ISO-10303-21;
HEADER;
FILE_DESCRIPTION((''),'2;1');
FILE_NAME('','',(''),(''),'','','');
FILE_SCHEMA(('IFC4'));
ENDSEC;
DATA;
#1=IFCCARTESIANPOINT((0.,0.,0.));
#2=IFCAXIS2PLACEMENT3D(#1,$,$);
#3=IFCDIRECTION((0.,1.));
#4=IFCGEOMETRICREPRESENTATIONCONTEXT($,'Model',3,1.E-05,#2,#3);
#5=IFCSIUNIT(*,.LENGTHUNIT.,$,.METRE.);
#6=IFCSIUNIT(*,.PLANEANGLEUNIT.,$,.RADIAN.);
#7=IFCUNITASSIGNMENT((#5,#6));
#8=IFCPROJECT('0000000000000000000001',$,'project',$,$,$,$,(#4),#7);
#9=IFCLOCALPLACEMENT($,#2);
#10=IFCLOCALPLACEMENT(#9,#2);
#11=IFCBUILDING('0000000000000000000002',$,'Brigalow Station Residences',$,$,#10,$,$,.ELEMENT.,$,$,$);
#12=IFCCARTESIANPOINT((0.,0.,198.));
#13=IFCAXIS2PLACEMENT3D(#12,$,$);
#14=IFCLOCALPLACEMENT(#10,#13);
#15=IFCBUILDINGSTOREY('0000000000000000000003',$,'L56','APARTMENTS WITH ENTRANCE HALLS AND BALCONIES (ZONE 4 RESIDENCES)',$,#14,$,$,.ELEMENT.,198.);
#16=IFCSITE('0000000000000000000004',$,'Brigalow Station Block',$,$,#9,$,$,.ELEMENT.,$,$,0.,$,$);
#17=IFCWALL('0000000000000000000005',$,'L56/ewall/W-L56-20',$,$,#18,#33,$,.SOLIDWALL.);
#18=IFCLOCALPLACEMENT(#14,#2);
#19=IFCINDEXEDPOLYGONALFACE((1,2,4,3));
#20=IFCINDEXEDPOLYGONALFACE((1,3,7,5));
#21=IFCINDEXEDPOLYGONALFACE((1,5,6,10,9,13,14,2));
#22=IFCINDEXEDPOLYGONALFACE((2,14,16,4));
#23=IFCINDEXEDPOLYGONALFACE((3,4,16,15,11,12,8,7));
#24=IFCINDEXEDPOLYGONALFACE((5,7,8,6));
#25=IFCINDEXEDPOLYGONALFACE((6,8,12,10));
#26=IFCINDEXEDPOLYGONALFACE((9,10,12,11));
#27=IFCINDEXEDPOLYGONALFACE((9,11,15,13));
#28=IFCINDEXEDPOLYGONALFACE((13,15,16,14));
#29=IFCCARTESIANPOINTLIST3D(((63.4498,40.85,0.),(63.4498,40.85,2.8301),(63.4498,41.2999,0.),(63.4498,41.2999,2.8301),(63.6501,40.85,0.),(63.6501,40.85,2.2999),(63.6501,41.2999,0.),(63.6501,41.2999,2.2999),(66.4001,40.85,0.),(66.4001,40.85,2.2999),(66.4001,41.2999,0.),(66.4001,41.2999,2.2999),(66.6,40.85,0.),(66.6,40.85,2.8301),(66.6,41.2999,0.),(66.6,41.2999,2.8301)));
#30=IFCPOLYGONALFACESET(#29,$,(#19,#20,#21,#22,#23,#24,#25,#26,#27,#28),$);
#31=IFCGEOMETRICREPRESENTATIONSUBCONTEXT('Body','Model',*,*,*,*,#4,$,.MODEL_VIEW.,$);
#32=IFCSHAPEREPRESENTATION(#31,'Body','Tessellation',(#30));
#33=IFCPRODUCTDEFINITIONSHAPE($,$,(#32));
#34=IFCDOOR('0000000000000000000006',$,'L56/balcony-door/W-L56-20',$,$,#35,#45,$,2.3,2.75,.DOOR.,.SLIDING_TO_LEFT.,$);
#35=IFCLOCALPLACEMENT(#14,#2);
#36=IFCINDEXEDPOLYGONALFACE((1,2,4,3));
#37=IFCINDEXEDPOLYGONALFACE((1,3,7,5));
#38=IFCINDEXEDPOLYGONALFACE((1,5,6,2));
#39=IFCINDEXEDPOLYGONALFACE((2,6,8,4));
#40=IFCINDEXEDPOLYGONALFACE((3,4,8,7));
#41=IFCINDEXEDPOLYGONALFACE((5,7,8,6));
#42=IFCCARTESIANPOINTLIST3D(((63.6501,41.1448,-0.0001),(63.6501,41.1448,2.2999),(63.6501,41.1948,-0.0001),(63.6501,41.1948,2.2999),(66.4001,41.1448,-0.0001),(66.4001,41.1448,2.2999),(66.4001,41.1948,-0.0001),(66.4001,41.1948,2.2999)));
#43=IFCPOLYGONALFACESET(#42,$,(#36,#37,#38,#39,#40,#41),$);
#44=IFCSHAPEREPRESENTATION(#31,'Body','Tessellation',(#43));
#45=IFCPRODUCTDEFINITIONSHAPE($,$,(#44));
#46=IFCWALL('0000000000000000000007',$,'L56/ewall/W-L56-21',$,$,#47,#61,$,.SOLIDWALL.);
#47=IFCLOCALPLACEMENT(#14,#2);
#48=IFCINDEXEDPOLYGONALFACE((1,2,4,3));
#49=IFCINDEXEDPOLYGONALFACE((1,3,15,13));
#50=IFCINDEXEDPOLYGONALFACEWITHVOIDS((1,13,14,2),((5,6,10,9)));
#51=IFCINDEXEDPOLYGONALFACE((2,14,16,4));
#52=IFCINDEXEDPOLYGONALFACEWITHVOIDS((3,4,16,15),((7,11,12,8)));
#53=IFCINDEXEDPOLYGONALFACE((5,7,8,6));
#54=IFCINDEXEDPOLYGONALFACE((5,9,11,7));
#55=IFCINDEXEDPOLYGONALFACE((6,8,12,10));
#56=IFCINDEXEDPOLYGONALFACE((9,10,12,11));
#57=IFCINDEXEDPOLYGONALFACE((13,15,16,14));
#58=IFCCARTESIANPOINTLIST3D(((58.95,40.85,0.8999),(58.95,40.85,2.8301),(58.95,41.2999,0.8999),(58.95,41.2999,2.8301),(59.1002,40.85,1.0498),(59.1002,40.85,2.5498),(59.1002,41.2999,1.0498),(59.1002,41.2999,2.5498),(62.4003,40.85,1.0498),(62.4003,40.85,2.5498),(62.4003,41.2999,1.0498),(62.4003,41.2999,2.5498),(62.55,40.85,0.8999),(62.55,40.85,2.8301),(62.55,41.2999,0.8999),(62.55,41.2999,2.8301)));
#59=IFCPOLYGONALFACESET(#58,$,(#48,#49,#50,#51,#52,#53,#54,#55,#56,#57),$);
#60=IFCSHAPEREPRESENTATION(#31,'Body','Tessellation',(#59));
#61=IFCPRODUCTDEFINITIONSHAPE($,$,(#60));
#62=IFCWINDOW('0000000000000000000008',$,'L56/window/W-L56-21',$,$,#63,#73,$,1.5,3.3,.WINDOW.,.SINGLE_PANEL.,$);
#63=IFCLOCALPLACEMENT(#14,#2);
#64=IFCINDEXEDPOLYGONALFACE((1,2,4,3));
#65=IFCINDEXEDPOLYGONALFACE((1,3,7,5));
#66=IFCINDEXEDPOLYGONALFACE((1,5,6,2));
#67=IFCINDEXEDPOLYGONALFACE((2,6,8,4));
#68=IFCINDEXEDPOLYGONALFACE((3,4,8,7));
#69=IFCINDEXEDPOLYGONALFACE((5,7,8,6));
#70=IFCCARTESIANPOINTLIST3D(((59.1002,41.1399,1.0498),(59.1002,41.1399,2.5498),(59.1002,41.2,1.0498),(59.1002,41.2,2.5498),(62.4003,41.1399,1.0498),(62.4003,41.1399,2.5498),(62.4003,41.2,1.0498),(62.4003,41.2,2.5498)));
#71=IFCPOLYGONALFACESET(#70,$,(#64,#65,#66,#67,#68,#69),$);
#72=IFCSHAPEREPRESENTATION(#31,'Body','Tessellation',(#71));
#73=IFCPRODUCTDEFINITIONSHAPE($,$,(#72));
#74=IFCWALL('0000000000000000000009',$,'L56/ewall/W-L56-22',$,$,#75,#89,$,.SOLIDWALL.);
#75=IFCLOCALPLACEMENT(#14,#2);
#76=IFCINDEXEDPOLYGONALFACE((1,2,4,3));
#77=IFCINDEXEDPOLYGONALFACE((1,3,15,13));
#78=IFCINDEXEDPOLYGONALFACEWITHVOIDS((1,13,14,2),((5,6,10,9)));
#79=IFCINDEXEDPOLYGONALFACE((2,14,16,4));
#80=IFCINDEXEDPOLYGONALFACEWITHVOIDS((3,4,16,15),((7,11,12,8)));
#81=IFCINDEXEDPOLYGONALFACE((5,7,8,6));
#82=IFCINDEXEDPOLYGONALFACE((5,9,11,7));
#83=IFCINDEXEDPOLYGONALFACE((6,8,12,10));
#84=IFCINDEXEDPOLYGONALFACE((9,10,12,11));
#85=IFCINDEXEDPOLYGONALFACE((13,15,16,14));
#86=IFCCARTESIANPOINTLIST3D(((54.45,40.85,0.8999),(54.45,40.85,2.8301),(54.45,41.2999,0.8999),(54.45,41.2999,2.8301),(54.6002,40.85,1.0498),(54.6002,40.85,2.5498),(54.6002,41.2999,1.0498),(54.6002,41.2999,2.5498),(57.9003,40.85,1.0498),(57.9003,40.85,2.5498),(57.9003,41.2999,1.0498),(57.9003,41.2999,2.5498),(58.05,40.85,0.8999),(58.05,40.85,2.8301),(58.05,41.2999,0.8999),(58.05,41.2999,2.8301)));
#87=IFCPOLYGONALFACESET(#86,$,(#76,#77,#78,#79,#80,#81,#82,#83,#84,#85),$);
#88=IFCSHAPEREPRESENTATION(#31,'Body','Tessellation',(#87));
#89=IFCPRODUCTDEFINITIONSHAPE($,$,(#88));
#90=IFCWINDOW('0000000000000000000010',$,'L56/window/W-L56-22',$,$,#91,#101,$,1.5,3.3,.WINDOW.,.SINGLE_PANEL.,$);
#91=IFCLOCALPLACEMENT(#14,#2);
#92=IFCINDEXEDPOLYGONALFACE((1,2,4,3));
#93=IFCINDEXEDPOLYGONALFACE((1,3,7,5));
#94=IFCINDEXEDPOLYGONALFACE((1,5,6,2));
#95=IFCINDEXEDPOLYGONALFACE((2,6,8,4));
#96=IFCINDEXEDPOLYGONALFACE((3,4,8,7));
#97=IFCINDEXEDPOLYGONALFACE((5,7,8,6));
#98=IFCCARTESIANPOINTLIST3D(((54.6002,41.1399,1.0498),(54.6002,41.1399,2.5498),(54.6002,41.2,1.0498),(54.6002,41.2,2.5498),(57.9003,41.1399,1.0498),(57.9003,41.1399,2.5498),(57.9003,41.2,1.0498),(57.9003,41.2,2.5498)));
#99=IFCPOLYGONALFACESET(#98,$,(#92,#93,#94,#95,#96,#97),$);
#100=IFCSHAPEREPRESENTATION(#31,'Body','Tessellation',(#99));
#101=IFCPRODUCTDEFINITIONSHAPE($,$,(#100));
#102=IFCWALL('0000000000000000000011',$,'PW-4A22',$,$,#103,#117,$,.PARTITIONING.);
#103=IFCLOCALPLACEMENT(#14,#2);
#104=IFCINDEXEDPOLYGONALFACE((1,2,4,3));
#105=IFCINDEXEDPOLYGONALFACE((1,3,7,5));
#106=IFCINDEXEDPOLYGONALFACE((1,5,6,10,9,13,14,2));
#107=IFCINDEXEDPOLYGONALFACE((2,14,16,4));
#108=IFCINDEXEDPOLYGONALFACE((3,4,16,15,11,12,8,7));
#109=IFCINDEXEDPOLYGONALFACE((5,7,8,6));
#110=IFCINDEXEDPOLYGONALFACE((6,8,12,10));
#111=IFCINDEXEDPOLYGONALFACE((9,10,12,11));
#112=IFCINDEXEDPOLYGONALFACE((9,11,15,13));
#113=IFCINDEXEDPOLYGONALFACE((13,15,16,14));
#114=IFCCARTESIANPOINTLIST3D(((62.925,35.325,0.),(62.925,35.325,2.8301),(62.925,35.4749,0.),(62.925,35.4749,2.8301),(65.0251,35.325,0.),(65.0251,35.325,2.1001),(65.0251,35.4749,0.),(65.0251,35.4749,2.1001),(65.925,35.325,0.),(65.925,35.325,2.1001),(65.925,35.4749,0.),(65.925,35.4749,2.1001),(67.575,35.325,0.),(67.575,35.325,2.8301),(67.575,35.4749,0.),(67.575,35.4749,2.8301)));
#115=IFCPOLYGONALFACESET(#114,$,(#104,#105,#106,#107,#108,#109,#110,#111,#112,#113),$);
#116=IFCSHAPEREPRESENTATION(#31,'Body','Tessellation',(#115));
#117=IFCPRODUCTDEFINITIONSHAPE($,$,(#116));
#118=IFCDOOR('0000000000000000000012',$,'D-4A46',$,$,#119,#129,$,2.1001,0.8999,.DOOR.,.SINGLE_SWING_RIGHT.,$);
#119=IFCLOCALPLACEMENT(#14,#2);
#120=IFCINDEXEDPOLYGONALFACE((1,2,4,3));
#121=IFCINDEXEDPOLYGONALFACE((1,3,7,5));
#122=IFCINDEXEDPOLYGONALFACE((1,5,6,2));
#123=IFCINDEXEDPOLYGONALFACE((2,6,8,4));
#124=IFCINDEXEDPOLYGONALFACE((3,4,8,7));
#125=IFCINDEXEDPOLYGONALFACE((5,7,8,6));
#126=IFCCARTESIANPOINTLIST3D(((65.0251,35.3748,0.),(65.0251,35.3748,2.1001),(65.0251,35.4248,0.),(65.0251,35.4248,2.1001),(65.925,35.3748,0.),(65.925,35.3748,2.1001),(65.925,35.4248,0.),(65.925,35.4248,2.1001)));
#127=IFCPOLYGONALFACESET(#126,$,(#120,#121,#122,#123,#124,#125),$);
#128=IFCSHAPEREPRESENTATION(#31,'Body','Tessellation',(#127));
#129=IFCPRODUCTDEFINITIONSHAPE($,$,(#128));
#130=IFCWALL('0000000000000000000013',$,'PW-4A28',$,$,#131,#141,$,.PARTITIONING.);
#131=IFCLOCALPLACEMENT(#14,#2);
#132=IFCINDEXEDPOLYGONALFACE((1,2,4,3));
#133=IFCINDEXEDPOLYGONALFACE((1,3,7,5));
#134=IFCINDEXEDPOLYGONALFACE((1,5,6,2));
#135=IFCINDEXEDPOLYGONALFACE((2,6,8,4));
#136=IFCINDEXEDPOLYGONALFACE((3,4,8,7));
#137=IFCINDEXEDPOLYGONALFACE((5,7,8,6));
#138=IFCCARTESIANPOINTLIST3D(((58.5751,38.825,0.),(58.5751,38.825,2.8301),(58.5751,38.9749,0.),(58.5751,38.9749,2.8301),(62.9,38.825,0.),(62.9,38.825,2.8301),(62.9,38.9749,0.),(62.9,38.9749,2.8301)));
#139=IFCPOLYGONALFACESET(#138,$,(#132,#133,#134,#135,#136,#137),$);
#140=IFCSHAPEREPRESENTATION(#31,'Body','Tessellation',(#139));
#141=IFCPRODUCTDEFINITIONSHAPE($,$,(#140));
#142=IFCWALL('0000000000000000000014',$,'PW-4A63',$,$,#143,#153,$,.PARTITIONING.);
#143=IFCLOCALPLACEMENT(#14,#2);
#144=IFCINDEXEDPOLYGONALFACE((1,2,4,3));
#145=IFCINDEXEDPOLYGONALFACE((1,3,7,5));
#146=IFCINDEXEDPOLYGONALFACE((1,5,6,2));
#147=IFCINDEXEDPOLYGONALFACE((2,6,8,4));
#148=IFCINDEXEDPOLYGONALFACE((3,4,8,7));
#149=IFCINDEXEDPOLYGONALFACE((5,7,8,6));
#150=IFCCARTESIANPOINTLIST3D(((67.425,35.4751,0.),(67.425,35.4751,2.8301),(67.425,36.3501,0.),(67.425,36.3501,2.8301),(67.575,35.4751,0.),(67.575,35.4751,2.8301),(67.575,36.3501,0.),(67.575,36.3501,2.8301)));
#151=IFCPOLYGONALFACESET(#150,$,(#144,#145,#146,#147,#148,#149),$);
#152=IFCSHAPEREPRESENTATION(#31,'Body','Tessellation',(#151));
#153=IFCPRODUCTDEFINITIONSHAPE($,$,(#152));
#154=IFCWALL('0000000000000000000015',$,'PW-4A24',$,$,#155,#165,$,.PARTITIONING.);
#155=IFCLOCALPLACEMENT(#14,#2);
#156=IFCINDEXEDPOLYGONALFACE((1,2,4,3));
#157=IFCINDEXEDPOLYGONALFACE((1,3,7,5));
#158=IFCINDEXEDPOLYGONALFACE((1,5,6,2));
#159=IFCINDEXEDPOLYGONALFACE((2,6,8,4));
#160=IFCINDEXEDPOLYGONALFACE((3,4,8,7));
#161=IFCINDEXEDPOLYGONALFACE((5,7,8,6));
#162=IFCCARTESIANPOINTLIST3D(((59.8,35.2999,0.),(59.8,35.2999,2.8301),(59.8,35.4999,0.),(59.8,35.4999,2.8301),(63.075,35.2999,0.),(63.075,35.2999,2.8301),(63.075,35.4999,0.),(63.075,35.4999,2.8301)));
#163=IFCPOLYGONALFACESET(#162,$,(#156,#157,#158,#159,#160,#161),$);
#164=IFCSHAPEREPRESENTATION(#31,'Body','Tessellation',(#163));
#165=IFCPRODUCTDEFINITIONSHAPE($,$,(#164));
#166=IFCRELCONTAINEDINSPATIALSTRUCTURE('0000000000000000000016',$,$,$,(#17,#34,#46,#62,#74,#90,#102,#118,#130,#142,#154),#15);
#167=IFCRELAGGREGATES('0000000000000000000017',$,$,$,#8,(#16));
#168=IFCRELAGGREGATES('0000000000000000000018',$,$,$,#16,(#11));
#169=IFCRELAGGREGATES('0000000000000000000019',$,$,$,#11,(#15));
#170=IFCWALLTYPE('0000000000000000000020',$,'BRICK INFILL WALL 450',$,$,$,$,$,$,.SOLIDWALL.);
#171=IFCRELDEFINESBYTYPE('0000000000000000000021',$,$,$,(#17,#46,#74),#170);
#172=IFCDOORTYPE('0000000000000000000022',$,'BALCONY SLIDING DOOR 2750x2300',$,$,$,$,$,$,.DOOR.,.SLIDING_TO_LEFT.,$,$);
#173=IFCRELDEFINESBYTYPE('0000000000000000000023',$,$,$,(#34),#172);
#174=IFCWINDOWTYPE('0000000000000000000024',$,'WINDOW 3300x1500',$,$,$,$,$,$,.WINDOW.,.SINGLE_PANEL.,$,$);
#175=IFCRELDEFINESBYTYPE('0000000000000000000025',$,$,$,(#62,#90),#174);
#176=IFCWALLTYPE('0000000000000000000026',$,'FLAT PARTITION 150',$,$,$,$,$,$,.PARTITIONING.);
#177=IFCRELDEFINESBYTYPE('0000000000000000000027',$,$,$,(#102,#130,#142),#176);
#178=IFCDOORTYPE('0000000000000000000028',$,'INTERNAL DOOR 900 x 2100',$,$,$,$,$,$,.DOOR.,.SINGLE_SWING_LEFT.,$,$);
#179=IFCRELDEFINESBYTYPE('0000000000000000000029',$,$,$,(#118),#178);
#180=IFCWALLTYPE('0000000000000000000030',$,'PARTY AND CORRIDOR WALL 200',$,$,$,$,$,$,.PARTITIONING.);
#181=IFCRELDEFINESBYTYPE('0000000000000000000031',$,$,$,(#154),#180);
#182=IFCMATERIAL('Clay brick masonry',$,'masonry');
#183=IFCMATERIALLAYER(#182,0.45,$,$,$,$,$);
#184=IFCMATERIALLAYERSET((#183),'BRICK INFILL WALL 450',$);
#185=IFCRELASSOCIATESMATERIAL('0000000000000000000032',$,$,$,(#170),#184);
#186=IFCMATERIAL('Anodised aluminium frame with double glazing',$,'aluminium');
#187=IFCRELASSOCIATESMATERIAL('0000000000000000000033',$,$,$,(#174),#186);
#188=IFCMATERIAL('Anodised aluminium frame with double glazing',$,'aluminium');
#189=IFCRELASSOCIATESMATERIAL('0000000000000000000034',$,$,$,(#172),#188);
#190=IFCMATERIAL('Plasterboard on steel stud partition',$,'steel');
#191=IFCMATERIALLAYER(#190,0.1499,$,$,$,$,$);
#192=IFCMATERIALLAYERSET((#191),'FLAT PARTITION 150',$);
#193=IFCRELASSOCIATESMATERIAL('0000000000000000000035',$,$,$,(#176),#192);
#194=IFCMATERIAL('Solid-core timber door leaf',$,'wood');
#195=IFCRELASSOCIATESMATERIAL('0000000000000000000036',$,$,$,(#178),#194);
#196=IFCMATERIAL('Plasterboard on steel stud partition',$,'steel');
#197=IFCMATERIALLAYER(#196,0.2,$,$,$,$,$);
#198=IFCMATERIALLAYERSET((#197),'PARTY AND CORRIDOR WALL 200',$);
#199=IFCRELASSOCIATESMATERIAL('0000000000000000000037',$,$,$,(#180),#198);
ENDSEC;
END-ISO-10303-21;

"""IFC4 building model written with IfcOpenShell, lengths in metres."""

from ifc_helpers import new_model, si_unit, direction, frame, frame_2d, origin, place, context, subcontext, project, spatial, rectangle, extrude, material, layer, layer_set, type_object, element, fill, save


model = new_model("IFC4")

# Units and contexts
model_context = context("Model", 3, precision=1e-05, world=origin(), true_north=direction((0.0, 1.0)))
body_context = subcontext(model_context, "Body", "Model", "MODEL_VIEW")
ifc_project = project(units=[si_unit("LENGTHUNIT", "METRE"), si_unit("PLANEANGLEUNIT", "RADIAN")], contexts=[model_context])

# Site, building, storey
site_placement = place(None, origin())
site = spatial("IfcSite", under=ifc_project, at=site_placement, Name="Brigalow Station Block", CompositionType="ELEMENT", RefElevation=0.0)
building_placement = place(site_placement, origin())
building = spatial("IfcBuilding", under=site, at=building_placement, Name="Brigalow Station Residences", CompositionType="ELEMENT")
storey_placement = place(building_placement, frame((0.0, 0.0, 198.0)))
storey = spatial("IfcBuildingStorey", under=building, at=storey_placement, Name="L56", Description="APARTMENTS WITH ENTRANCE HALLS AND BALCONIES (ZONE 4 RESIDENCES)", CompositionType="ELEMENT", Elevation=198.0)

# Shared definitions
ifc_material_1 = material(Name="Clay brick masonry", Category="masonry")
ifc_layer_1 = layer(ifc_material_1, 0.45)
ifc_layer_set_1 = layer_set([ifc_layer_1], Name="BRICK INFILL WALL 450")
wall_type_1 = type_object("IfcWallType", Name="BRICK INFILL WALL 450", PredefinedType="SOLIDWALL", material=ifc_layer_set_1)
ifc_material_2 = material(Name="Anodised aluminium frame with double glazing", Category="aluminium")
window_type_1 = type_object("IfcWindowType", Name="WINDOW 3300x1500", PartitioningType="SINGLE_PANEL", PredefinedType="WINDOW", material=ifc_material_2)

# Wall, opening, door
wall_1_placement = place(storey_placement, frame((66.6001, 41.075, 0.0), z_axis=(0.0, 0.0, 1.0), x_axis=(-1.0, 0.0, 0.0)))
wall_1 = element("IfcWall", 1, at=wall_1_placement, inside=storey, type_object=wall_type_1, Name="L56/ewall/W-L56-20", PredefinedType="SOLIDWALL", context=body_context, shape_type="SweptSolid", body=[
    extrude(rectangle(XDim=3.1501, YDim=0.45, at=frame_2d((1.5752, 0.0))), origin(), (0.0, 0.0, 1.0), 2.8301),
])
opening_1_placement = place(wall_1_placement, frame((0.2, 0.0, 0.0)))
opening_1 = element("IfcOpeningElement", 2, at=opening_1_placement, cuts=wall_1, PredefinedType="OPENING", context=body_context, shape_type="SweptSolid", body=[
    extrude(rectangle(XDim=2.75, YDim=2.3, at=frame_2d((1.375, 1.1499))), frame((0.0, 0.2349, 0.0), z_axis=(0.0, -1.0, 0.0), x_axis=(1.0, 0.0, 0.0)), (0.0, 0.0, 1.0), 0.47),
])
ifc_material_3 = material(Name="Anodised aluminium frame with double glazing", Category="aluminium")
door_type_1 = type_object("IfcDoorType", Name="BALCONY SLIDING DOOR 2750x2300", OperationType="SLIDING_TO_LEFT", PredefinedType="DOOR", material=ifc_material_3)
door_1_placement = place(opening_1_placement, origin())
door_1 = element("IfcDoor", 3, at=door_1_placement, inside=storey, type_object=door_type_1, Name="L56/balcony-door/W-L56-20", OperationType="SLIDING_TO_LEFT", OverallHeight=2.3, OverallWidth=2.75, PredefinedType="DOOR", context=body_context, shape_type="SweptSolid", body=[
    extrude(rectangle(XDim=2.75, YDim=2.3, at=frame_2d((1.375, 1.1499))), frame((0.0, -0.0698, 0.0), z_axis=(0.0, -1.0, 0.0), x_axis=(1.0, 0.0, 0.0)), (0.0, 0.0, 1.0), 0.05),
])
fill(opening_1, door_1)

# Walls, openings, windows
wall_2_placement = place(storey_placement, frame((62.55, 41.075, 0.8999), z_axis=(0.0, 0.0, 1.0), x_axis=(-1.0, 0.0, 0.0)))
wall_2 = element("IfcWall", 4, at=wall_2_placement, inside=storey, type_object=wall_type_1, Name="L56/ewall/W-L56-21", PredefinedType="SOLIDWALL", context=body_context, shape_type="SweptSolid", body=[
    extrude(rectangle(XDim=3.6001, YDim=0.45, at=frame_2d((1.8, 0.0))), origin(), (0.0, 0.0, 1.0), 1.9302),
])
opening_2_placement = place(wall_2_placement, frame((0.1499, 0.0, 0.1499)))
opening_2 = element("IfcOpeningElement", 5, at=opening_2_placement, cuts=wall_2, PredefinedType="OPENING", context=body_context, shape_type="SweptSolid", body=[
    extrude(rectangle(XDim=3.3, YDim=1.5, at=frame_2d((1.6499, 0.75))), frame((0.0, 0.2349, 0.0), z_axis=(0.0, -1.0, 0.0), x_axis=(1.0, 0.0, 0.0)), (0.0, 0.0, 1.0), 0.47),
])
window_1_placement = place(opening_2_placement, origin())
window_1 = element("IfcWindow", 6, at=window_1_placement, inside=storey, type_object=window_type_1, Name="L56/window/W-L56-21", OverallHeight=1.5, OverallWidth=3.3, PartitioningType="SINGLE_PANEL", PredefinedType="WINDOW", context=body_context, shape_type="SweptSolid", body=[
    extrude(rectangle(XDim=3.3, YDim=1.5, at=frame_2d((1.6499, 0.75))), frame((0.0, -0.0649, 0.0), z_axis=(0.0, -1.0, 0.0), x_axis=(1.0, 0.0, 0.0)), (0.0, 0.0, 1.0), 0.0601),
])
fill(opening_2, window_1)
wall_3_placement = place(storey_placement, frame((58.05, 41.075, 0.8999), z_axis=(0.0, 0.0, 1.0), x_axis=(-1.0, 0.0, 0.0)))
wall_3 = element("IfcWall", 7, at=wall_3_placement, inside=storey, type_object=wall_type_1, Name="L56/ewall/W-L56-22", PredefinedType="SOLIDWALL", context=body_context, shape_type="SweptSolid", body=[
    extrude(rectangle(XDim=3.6001, YDim=0.45, at=frame_2d((1.8, 0.0))), origin(), (0.0, 0.0, 1.0), 1.9302),
])
opening_3_placement = place(wall_3_placement, frame((0.1499, 0.0, 0.1499)))
opening_3 = element("IfcOpeningElement", 8, at=opening_3_placement, cuts=wall_3, PredefinedType="OPENING", context=body_context, shape_type="SweptSolid", body=[
    extrude(rectangle(XDim=3.3, YDim=1.5, at=frame_2d((1.6499, 0.75))), frame((0.0, 0.2349, 0.0), z_axis=(0.0, -1.0, 0.0), x_axis=(1.0, 0.0, 0.0)), (0.0, 0.0, 1.0), 0.47),
])
window_2_placement = place(opening_3_placement, origin())
window_2 = element("IfcWindow", 9, at=window_2_placement, inside=storey, type_object=window_type_1, Name="L56/window/W-L56-22", OverallHeight=1.5, OverallWidth=3.3, PartitioningType="SINGLE_PANEL", PredefinedType="WINDOW", context=body_context, shape_type="SweptSolid", body=[
    extrude(rectangle(XDim=3.3, YDim=1.5, at=frame_2d((1.6499, 0.75))), frame((0.0, -0.0649, 0.0), z_axis=(0.0, -1.0, 0.0), x_axis=(1.0, 0.0, 0.0)), (0.0, 0.0, 1.0), 0.0601),
])
fill(opening_3, window_2)

# Wall, opening, door
ifc_material_4 = material(Name="Plasterboard on steel stud partition", Category="steel")
ifc_layer_2 = layer(ifc_material_4, 0.1499)
ifc_layer_set_2 = layer_set([ifc_layer_2], Name="FLAT PARTITION 150")
wall_type_2 = type_object("IfcWallType", Name="FLAT PARTITION 150", PredefinedType="PARTITIONING", material=ifc_layer_set_2)
wall_4_placement = place(storey_placement, frame((62.925, 35.3999, 0.0), z_axis=(0.0, 0.0, 1.0), x_axis=(1.0, 0.0, 0.0)))
wall_4 = element("IfcWall", 10, at=wall_4_placement, inside=storey, type_object=wall_type_2, Name="PW-4A22", PredefinedType="PARTITIONING", context=body_context, shape_type="SweptSolid", body=[
    extrude(rectangle(XDim=4.6499, YDim=0.1499, at=frame_2d((2.325, 0.0))), origin(), (0.0, 0.0, 1.0), 2.8301),
])
opening_4_placement = place(wall_4_placement, frame((2.1001, 0.0, 0.0)))
opening_4 = element("IfcOpeningElement", 11, at=opening_4_placement, cuts=wall_4, PredefinedType="OPENING", context=body_context, shape_type="SweptSolid", body=[
    extrude(rectangle(XDim=0.8999, YDim=2.1001, at=frame_2d((0.45, 1.05))), frame((0.0, 0.085, 0.0), z_axis=(0.0, -1.0, 0.0), x_axis=(1.0, 0.0, 0.0)), (0.0, 0.0, 1.0), 0.1699),
])
ifc_material_5 = material(Name="Solid-core timber door leaf", Category="wood")
door_type_2 = type_object("IfcDoorType", Name="INTERNAL DOOR 900 x 2100", OperationType="SINGLE_SWING_LEFT", PredefinedType="DOOR", material=ifc_material_5)
door_2_placement = place(opening_4_placement, origin())
door_2 = element("IfcDoor", 12, at=door_2_placement, inside=storey, type_object=door_type_2, Name="D-4A46", OperationType="SINGLE_SWING_RIGHT", OverallHeight=2.1001, OverallWidth=0.8999, PredefinedType="DOOR", context=body_context, shape_type="SweptSolid", body=[
    extrude(rectangle(XDim=0.8999, YDim=2.1001, at=frame_2d((0.45, 1.05))), frame((0.0, 0.0249, 0.0), z_axis=(0.0, -1.0, 0.0), x_axis=(1.0, 0.0, 0.0)), (0.0, 0.0, 1.0), 0.05),
])
fill(opening_4, door_2)

# Walls
wall_5_placement = place(storey_placement, frame((58.575, 38.8999, 0.0), z_axis=(0.0, 0.0, 1.0), x_axis=(1.0, 0.0, 0.0)))
element("IfcWall", 13, at=wall_5_placement, inside=storey, type_object=wall_type_2, Name="PW-4A28", PredefinedType="PARTITIONING", context=body_context, shape_type="SweptSolid", body=[
    extrude(rectangle(XDim=4.325, YDim=0.1499, at=frame_2d((2.1626, 0.0))), origin(), (0.0, 0.0, 1.0), 2.8301),
])
wall_6_placement = place(storey_placement, frame((67.5, 35.4751, 0.0), z_axis=(0.0, 0.0, 1.0), x_axis=(0.0, 1.0, 0.0)))
element("IfcWall", 14, at=wall_6_placement, inside=storey, type_object=wall_type_2, Name="PW-4A63", PredefinedType="PARTITIONING", context=body_context, shape_type="SweptSolid", body=[
    extrude(rectangle(XDim=0.875, YDim=0.1499, at=frame_2d((0.4375, 0.0))), origin(), (0.0, 0.0, 1.0), 2.8301),
])
ifc_material_6 = material(Name="Plasterboard on steel stud partition", Category="steel")
ifc_layer_3 = layer(ifc_material_6, 0.2)
ifc_layer_set_3 = layer_set([ifc_layer_3], Name="PARTY AND CORRIDOR WALL 200")
wall_type_3 = type_object("IfcWallType", Name="PARTY AND CORRIDOR WALL 200", PredefinedType="PARTITIONING", material=ifc_layer_set_3)
wall_7_placement = place(storey_placement, frame((59.8, 35.3999, 0.0), z_axis=(0.0, 0.0, 1.0), x_axis=(1.0, 0.0, 0.0)))
element("IfcWall", 15, at=wall_7_placement, inside=storey, type_object=wall_type_3, Name="PW-4A24", PredefinedType="PARTITIONING", context=body_context, shape_type="SweptSolid", body=[
    extrude(rectangle(XDim=3.2749, YDim=0.2, at=frame_2d((1.6375, 0.0))), origin(), (0.0, 0.0, 1.0), 2.8301),
])

save(model, "model.ifc")
